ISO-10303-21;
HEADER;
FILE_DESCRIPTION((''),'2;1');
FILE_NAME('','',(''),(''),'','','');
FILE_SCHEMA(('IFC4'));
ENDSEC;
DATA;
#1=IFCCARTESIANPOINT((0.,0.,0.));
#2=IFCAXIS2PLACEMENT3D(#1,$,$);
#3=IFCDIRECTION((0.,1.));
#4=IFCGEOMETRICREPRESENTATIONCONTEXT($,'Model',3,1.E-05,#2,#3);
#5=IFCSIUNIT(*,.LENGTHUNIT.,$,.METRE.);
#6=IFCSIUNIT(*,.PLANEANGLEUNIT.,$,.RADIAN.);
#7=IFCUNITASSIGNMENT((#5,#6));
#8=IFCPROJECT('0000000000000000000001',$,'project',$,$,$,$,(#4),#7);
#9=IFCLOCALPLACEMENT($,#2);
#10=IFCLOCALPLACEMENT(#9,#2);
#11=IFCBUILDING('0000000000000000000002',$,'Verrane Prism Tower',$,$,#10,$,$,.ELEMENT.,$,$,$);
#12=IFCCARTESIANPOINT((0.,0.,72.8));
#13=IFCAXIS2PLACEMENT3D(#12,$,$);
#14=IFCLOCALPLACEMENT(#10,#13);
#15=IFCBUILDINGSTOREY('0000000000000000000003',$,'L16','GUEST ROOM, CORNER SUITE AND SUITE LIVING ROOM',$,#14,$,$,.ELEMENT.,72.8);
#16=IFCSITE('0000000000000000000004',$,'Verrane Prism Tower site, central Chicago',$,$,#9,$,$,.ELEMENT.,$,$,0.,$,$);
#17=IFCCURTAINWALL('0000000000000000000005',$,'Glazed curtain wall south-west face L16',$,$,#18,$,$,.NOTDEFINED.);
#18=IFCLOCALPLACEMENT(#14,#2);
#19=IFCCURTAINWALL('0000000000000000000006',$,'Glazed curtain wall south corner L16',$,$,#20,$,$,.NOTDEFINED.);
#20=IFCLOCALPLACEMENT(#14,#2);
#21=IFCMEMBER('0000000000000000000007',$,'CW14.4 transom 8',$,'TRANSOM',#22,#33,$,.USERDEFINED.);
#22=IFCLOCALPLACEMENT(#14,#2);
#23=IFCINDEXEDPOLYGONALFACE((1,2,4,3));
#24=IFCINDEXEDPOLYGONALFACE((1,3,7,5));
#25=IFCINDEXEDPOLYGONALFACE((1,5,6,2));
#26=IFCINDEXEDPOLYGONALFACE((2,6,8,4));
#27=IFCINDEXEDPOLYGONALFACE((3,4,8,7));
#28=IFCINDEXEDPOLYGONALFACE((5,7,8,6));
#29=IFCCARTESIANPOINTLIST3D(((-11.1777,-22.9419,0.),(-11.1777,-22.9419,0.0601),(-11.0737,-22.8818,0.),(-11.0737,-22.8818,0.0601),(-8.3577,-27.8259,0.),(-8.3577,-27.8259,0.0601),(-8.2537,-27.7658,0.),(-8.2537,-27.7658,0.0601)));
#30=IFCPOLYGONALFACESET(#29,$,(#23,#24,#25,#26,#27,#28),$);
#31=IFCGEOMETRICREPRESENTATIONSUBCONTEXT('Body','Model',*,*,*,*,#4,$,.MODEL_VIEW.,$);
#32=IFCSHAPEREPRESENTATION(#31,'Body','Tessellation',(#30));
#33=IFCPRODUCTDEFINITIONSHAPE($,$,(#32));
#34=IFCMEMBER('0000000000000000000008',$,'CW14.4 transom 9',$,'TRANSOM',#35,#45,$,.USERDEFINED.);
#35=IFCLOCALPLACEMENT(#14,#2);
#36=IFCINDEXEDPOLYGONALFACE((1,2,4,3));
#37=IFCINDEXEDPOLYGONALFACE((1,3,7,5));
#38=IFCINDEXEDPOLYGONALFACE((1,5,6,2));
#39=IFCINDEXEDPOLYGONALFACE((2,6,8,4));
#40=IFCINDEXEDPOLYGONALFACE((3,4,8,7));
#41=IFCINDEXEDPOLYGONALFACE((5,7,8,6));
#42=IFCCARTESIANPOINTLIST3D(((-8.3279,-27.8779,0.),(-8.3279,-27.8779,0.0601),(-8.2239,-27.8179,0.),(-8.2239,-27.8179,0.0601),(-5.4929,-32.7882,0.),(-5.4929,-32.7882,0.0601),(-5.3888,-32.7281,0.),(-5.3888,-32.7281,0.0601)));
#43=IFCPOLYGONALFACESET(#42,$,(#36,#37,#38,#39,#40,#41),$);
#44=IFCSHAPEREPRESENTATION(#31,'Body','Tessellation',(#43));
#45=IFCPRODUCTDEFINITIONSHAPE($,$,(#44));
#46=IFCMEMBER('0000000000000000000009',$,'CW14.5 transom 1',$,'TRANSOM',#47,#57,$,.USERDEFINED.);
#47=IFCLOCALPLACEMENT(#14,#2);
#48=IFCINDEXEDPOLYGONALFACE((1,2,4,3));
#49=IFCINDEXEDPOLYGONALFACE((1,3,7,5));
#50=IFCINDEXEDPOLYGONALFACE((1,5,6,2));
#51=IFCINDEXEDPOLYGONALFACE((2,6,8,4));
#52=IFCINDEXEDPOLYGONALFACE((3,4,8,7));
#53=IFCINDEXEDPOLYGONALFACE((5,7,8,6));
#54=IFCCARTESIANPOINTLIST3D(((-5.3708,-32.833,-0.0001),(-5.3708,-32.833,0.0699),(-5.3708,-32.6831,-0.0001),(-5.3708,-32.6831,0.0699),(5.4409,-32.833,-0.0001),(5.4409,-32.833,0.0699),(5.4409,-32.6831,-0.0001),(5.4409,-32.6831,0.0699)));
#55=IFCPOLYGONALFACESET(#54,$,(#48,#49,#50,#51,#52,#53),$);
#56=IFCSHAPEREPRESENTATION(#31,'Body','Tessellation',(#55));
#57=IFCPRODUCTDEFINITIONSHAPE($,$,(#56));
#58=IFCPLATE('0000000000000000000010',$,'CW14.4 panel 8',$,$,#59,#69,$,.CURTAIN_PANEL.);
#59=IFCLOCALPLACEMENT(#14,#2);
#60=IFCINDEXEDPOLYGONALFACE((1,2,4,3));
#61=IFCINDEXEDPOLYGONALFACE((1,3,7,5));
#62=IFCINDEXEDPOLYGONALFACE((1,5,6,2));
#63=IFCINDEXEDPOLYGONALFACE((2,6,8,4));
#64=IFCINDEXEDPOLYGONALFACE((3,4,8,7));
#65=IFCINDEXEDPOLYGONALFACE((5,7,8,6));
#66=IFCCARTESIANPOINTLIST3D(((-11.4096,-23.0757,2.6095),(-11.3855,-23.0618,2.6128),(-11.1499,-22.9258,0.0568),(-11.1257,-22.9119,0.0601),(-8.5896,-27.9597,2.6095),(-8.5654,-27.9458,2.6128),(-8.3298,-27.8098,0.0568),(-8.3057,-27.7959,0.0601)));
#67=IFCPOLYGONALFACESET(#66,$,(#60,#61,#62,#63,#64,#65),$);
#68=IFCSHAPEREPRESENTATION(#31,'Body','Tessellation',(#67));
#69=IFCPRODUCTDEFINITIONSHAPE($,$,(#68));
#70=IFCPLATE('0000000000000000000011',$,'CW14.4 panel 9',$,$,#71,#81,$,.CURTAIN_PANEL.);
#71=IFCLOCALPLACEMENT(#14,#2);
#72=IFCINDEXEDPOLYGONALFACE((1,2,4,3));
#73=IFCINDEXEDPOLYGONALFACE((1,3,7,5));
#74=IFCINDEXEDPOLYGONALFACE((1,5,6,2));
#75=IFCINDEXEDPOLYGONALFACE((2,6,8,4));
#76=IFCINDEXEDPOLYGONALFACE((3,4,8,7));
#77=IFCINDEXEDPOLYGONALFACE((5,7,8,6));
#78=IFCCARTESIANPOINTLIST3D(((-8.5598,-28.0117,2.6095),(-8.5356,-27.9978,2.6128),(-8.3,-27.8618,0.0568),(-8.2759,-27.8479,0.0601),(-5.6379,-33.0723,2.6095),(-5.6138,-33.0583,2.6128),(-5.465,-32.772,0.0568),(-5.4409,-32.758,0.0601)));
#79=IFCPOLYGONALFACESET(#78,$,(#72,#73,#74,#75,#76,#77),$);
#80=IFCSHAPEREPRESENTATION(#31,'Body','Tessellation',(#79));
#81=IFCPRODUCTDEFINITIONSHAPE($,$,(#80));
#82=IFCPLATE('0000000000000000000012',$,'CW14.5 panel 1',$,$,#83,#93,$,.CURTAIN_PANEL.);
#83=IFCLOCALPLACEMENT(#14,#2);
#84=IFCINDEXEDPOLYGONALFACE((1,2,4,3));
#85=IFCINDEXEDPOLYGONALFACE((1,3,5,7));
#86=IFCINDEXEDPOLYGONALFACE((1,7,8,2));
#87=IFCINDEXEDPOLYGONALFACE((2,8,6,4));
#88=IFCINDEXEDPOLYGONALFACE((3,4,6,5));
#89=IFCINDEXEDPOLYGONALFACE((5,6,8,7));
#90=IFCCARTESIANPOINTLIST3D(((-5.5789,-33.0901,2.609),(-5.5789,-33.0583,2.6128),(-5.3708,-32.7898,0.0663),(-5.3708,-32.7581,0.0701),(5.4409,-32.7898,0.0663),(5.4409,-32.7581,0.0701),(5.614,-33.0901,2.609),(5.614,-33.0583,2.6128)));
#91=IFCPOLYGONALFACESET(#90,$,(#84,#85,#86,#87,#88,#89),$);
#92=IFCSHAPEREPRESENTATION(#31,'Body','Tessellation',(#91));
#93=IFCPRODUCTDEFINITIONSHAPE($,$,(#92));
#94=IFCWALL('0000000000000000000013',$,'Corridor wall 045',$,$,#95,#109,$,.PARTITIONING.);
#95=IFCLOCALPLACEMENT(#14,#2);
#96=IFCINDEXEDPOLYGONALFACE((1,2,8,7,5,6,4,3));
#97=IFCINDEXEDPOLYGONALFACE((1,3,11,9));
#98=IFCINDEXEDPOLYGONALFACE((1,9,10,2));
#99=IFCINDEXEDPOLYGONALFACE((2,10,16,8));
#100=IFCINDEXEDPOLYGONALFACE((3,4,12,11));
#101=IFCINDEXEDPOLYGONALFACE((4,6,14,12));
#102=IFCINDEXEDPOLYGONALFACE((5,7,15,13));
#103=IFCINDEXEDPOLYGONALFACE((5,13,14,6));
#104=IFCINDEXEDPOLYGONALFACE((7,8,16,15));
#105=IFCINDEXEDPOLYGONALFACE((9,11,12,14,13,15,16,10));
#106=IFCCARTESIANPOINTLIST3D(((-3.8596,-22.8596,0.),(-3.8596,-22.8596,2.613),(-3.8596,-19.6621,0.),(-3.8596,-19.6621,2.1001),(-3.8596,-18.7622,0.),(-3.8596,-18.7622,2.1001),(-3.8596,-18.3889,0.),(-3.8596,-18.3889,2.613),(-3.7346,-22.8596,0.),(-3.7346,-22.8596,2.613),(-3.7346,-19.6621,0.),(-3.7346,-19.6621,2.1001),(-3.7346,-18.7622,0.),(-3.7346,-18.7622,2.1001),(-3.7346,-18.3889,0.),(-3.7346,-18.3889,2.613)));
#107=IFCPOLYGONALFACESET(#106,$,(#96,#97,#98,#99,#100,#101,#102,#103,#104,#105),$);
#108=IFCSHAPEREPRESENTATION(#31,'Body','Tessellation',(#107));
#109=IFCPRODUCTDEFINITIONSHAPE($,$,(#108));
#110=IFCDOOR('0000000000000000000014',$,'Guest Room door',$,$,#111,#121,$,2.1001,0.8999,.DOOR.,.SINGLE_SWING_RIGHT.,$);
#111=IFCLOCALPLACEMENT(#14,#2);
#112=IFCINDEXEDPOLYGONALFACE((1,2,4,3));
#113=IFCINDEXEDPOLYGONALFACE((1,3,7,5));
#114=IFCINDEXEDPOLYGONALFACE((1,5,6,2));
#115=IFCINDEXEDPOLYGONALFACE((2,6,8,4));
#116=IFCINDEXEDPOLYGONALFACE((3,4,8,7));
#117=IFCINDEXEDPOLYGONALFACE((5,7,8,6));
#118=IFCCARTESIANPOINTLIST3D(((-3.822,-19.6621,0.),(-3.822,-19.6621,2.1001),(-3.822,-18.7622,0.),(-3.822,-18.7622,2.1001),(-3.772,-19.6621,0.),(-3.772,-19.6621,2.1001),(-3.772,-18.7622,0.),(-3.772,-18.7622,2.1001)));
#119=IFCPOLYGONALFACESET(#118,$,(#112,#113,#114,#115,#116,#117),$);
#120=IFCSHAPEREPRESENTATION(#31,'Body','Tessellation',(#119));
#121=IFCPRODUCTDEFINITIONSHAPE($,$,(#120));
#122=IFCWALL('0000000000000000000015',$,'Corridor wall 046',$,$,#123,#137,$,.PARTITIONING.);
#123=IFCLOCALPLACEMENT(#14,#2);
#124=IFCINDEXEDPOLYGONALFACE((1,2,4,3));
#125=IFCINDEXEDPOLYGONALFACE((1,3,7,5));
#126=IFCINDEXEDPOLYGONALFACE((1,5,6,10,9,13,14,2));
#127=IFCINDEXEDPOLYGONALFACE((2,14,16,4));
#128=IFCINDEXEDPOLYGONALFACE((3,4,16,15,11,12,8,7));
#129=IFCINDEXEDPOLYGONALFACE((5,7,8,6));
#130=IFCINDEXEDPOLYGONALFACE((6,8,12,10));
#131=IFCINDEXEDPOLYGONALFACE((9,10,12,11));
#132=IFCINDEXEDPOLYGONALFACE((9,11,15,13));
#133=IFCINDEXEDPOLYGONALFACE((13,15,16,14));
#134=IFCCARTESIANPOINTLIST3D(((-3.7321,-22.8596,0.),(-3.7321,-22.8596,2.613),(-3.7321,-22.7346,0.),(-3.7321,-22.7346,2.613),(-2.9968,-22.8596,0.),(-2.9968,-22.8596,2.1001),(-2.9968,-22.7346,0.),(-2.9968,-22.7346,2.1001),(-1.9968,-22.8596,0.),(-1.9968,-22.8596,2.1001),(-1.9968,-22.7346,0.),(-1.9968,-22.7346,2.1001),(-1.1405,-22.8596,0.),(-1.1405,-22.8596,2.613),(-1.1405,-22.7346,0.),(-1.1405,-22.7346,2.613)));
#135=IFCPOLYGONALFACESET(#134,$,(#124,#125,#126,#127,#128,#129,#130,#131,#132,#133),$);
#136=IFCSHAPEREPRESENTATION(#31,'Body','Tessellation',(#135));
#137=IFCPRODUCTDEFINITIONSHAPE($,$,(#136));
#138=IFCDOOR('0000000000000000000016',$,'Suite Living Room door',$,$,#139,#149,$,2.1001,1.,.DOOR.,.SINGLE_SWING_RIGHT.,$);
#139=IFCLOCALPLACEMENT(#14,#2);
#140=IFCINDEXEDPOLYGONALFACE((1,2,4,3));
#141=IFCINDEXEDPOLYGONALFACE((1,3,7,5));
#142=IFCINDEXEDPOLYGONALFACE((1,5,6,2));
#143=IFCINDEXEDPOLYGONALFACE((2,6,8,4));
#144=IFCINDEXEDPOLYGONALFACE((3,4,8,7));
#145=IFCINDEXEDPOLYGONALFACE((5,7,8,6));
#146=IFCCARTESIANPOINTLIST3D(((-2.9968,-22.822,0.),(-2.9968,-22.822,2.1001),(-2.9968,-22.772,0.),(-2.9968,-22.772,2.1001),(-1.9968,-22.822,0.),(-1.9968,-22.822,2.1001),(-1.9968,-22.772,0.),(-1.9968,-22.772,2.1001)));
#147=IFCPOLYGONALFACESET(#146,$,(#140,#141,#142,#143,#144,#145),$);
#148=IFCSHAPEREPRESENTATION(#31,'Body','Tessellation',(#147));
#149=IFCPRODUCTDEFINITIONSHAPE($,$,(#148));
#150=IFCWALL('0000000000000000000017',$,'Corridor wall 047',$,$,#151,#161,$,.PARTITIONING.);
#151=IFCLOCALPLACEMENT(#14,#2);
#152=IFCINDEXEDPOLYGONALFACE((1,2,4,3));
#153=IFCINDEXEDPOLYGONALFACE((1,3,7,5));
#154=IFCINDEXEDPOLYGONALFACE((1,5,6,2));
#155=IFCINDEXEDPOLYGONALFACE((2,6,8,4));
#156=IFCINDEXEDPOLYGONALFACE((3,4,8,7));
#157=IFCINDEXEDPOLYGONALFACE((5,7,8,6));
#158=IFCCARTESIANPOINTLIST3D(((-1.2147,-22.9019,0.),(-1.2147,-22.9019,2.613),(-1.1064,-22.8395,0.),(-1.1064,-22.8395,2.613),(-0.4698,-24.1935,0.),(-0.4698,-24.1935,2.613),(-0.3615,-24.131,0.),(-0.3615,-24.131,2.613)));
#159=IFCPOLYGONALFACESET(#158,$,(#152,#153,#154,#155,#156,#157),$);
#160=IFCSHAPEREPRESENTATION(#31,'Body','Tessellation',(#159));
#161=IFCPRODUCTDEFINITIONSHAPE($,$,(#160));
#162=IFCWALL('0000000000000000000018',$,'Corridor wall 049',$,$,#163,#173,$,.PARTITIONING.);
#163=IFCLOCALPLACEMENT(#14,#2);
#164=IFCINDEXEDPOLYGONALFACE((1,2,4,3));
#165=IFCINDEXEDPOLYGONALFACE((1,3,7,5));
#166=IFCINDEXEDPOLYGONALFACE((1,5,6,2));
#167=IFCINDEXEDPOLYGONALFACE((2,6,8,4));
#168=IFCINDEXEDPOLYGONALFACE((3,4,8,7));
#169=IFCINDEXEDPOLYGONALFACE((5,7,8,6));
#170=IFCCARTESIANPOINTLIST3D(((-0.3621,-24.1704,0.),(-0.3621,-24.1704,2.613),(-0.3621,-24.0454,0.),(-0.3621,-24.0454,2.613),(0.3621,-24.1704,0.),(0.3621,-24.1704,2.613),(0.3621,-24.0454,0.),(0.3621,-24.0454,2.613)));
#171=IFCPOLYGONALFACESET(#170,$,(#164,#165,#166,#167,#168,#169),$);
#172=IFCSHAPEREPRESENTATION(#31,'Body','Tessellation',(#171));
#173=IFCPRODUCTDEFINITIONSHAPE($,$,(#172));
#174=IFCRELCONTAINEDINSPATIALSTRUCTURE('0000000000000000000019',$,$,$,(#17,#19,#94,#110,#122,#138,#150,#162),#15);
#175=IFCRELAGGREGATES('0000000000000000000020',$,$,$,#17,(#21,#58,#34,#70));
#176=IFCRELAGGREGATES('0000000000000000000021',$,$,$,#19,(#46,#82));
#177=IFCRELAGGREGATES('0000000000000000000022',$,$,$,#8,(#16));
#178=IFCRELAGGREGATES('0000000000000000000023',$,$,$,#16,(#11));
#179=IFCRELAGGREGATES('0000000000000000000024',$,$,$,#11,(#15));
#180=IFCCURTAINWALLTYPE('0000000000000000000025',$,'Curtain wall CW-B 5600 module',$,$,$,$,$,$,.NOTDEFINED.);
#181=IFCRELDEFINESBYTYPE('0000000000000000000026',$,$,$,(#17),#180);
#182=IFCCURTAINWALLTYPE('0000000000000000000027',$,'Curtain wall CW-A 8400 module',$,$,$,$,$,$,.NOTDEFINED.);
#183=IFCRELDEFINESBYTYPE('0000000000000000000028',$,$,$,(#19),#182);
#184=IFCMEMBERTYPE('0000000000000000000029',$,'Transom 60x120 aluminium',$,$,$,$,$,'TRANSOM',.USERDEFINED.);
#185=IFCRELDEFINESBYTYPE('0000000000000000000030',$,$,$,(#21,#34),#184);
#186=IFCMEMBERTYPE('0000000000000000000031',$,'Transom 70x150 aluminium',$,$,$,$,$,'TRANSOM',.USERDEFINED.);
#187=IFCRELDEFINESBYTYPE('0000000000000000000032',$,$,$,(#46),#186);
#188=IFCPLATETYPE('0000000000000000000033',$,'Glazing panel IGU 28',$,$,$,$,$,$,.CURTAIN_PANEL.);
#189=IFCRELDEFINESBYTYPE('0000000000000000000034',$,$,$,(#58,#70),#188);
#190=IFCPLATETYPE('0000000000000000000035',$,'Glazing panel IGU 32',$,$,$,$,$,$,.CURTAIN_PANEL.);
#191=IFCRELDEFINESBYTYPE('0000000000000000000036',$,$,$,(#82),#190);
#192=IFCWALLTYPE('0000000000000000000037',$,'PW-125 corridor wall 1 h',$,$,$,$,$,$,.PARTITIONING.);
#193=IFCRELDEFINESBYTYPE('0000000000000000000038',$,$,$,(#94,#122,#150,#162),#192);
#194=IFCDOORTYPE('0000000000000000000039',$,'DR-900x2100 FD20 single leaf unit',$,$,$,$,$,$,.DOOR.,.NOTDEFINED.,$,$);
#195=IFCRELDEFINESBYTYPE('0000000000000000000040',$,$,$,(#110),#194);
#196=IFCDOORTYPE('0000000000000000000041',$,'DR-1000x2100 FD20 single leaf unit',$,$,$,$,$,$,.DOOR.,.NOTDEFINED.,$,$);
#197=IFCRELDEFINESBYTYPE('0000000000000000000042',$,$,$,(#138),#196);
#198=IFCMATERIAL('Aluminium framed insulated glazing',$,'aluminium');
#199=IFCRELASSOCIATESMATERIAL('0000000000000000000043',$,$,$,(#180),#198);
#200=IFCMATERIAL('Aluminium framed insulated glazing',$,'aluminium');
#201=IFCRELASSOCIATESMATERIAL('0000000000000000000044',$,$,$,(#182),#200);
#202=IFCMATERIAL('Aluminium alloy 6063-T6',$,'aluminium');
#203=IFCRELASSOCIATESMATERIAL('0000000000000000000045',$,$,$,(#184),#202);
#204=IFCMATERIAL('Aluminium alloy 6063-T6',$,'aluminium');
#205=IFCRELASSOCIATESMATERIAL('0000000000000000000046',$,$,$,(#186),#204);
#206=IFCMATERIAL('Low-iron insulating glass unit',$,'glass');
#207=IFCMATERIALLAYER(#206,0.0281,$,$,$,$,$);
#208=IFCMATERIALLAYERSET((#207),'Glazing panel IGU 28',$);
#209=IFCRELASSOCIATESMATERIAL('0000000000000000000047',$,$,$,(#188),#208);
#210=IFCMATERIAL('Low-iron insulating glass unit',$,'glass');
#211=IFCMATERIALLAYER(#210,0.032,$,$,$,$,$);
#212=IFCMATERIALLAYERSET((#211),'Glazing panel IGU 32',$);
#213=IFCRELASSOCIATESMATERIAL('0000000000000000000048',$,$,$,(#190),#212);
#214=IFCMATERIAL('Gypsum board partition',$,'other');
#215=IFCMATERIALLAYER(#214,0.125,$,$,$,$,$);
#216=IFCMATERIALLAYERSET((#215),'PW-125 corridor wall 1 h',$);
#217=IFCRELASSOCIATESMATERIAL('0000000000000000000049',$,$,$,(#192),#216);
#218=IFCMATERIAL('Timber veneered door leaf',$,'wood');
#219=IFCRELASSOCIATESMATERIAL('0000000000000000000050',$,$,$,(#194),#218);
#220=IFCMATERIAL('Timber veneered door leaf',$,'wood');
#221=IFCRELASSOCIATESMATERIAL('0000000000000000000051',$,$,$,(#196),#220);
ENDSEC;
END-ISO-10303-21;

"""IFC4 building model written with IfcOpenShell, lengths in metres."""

from ifc_helpers import new_model, si_unit, direction, frame, frame_2d, origin, origin_2d, place, context, subcontext, project, spatial, polyline, rectangle, outline, extrude, material, layer, layer_set, material_profile, profile_set, type_object, element, fill, aggregate, save


model = new_model("IFC4")

# Units and contexts
model_context = context("Model", 3, precision=1e-05, world=origin(), true_north=direction((0.0, 1.0)))
body_context = subcontext(model_context, "Body", "Model", "MODEL_VIEW")
ifc_project = project(units=[si_unit("LENGTHUNIT", "METRE"), si_unit("PLANEANGLEUNIT", "RADIAN")], contexts=[model_context])

# Site, building, storey
site_placement = place(None, origin())
site = spatial("IfcSite", under=ifc_project, at=site_placement, Name="Verrane Prism Tower site, central Chicago", CompositionType="ELEMENT", RefElevation=0.0)
building_placement = place(site_placement, origin())
building = spatial("IfcBuilding", under=site, at=building_placement, Name="Verrane Prism Tower", CompositionType="ELEMENT")
storey_placement = place(building_placement, frame((0.0, 0.0, 72.8)))
storey = spatial("IfcBuildingStorey", under=building, at=storey_placement, Name="L16", Description="GUEST ROOM, CORNER SUITE AND SUITE LIVING ROOM", CompositionType="ELEMENT", Elevation=72.8)

# Curtain wall
ifc_material_1 = material(Name="Aluminium framed insulated glazing", Category="aluminium")
curtain_wall_type_1 = type_object("IfcCurtainWallType", Name="Curtain wall CW-B 5600 module", PredefinedType="NOTDEFINED", material=ifc_material_1)
curtain_wall_1_placement = place(storey_placement, origin())
curtain_wall_1 = element("IfcCurtainWall", 1, at=curtain_wall_1_placement, inside=storey, type_object=curtain_wall_type_1, Name="Glazed curtain wall south-west face L16", PredefinedType="NOTDEFINED")

# Curtain wall
ifc_material_2 = material(Name="Aluminium framed insulated glazing", Category="aluminium")
curtain_wall_type_2 = type_object("IfcCurtainWallType", Name="Curtain wall CW-A 8400 module", PredefinedType="NOTDEFINED", material=ifc_material_2)
curtain_wall_2_placement = place(storey_placement, origin())
curtain_wall_2 = element("IfcCurtainWall", 2, at=curtain_wall_2_placement, inside=storey, type_object=curtain_wall_type_2, Name="Glazed curtain wall south corner L16", PredefinedType="NOTDEFINED")

# Members
ifc_material_3 = material(Name="Aluminium alloy 6063-T6", Category="aluminium")
ifc_material_profile_1 = material_profile(ifc_material_3, rectangle(XDim=0.1201, YDim=0.0601, at=origin_2d()), Name="Transom 60x120 aluminium")
ifc_profile_set_1 = profile_set([ifc_material_profile_1], Name="Aluminium alloy 6063-T6")
member_type_1 = type_object("IfcMemberType", Name="Transom 60x120 aluminium", ElementType="TRANSOM", PredefinedType="USERDEFINED", material=ifc_profile_set_1)
member_1_placement = place(storey_placement, frame((-11.1257, -22.9119, 0.03), z_axis=(0.500036, -0.866005, 0.0), x_axis=(0.866005, 0.500036, 0.0)))
member_1 = element("IfcMember", 3, at=member_1_placement, type_object=member_type_1, Name="CW14.4 transom 8", ObjectType="TRANSOM", PredefinedType="USERDEFINED", context=body_context, shape_type="SweptSolid", body=[
    extrude(rectangle(XDim=0.1201, YDim=0.0601, at=origin_2d()), origin(), (0.0, 0.0, 1.0), 5.6396),
])
member_2_placement = place(storey_placement, frame((-8.2759, -27.8479, 0.03), z_axis=(0.500011, -0.866019, 0.0), x_axis=(0.866019, 0.500011, 0.0)))
member_2 = element("IfcMember", 4, at=member_2_placement, type_object=member_type_1, Name="CW14.4 transom 9", ObjectType="TRANSOM", PredefinedType="USERDEFINED", context=body_context, shape_type="SweptSolid", body=[
    extrude(rectangle(XDim=0.1201, YDim=0.0601, at=origin_2d()), origin(), (0.0, 0.0, 1.0), 5.6699),
])
ifc_material_4 = material(Name="Aluminium alloy 6063-T6", Category="aluminium")
ifc_material_profile_2 = material_profile(ifc_material_4, rectangle(XDim=0.1499, YDim=0.0701, at=origin_2d()), Name="Transom 70x150 aluminium")
ifc_profile_set_2 = profile_set([ifc_material_profile_2], Name="Aluminium alloy 6063-T6")
member_type_2 = type_object("IfcMemberType", Name="Transom 70x150 aluminium", ElementType="TRANSOM", PredefinedType="USERDEFINED", material=ifc_profile_set_2)
member_3_placement = place(storey_placement, frame((-5.3708, -32.7581, 0.0349), z_axis=(1.0, 0.0, 0.0), x_axis=(0.0, 1.0, 0.0)))
member_3 = element("IfcMember", 5, at=member_3_placement, type_object=member_type_2, Name="CW14.5 transom 1", ObjectType="TRANSOM", PredefinedType="USERDEFINED", context=body_context, shape_type="SweptSolid", body=[
    extrude(rectangle(XDim=0.1499, YDim=0.0701, at=origin_2d()), origin(), (0.0, 0.0, 1.0), 10.8118),
])

# Plates
ifc_material_5 = material(Name="Low-iron insulating glass unit", Category="glass")
ifc_layer_1 = layer(ifc_material_5, 0.0281)
ifc_layer_set_1 = layer_set([ifc_layer_1], Name="Glazing panel IGU 28")
plate_type_1 = type_object("IfcPlateType", Name="Glazing panel IGU 28", PredefinedType="CURTAIN_PANEL", material=ifc_layer_set_1)
plate_1_placement = place(storey_placement, frame((-11.1257, -22.9119, 0.0601), z_axis=(0.860089, 0.49662, 0.116685), x_axis=(0.500036, -0.866005, 0.0)))
plate_1 = element("IfcPlate", 6, at=plate_1_placement, type_object=plate_type_1, Name="CW14.4 panel 8", PredefinedType="CURTAIN_PANEL", context=body_context, shape_type="SweptSolid", body=[
    extrude(outline(polyline([(0.0, 0.0), (5.6397, 0.0), (5.6397, -2.5703), (-0.0001, -2.5703), (0.0, 0.0)])), origin(), (0.0, 0.0, -1.0), 0.0281),
])
plate_2_placement = place(storey_placement, frame((-8.2759, -27.8479, 0.0601), z_axis=(0.860102, 0.496601, 0.116671), x_axis=(0.500016, -0.866016, 0.000001)))
plate_2 = element("IfcPlate", 7, at=plate_2_placement, type_object=plate_type_1, Name="CW14.4 panel 9", PredefinedType="CURTAIN_PANEL", context=body_context, shape_type="SweptSolid", body=[
    extrude(outline(polyline([(0.0, 0.0), (5.6698, 0.0), (5.8434, -2.5703), (-0.0001, -2.5703), (0.0, 0.0)])), origin(), (0.0, 0.0, -1.0), 0.0281),
])
aggregate(curtain_wall_1, [member_1, plate_1, member_2, plate_2])
ifc_material_6 = material(Name="Low-iron insulating glass unit", Category="glass")
ifc_layer_2 = layer(ifc_material_6, 0.032)
ifc_layer_set_2 = layer_set([ifc_layer_2], Name="Glazing panel IGU 32")
plate_type_2 = type_object("IfcPlateType", Name="Glazing panel IGU 32", PredefinedType="CURTAIN_PANEL", material=ifc_layer_set_2)
plate_3_placement = place(storey_placement, frame((-5.3708, -32.7581, 0.0701), z_axis=(0.0, 0.993098, 0.117284), x_axis=(1.0, 0.0, 0.0)))
plate_3 = element("IfcPlate", 8, at=plate_3_placement, type_object=plate_type_2, Name="CW14.5 panel 1", PredefinedType="CURTAIN_PANEL", context=body_context, shape_type="SweptSolid", body=[
    extrude(outline(polyline([(0.0, 0.0), (10.8118, 0.0), (10.9849, -2.5604), (-0.208, -2.5604), (0.0, 0.0)])), origin(), (0.0, 0.0, -1.0), 0.032),
])
aggregate(curtain_wall_2, [member_3, plate_3])

# Walls, openings, doors
ifc_material_7 = material(Name="Gypsum board partition", Category="other")
ifc_layer_3 = layer(ifc_material_7, 0.125)
ifc_layer_set_3 = layer_set([ifc_layer_3], Name="PW-125 corridor wall 1 h")
wall_type_1 = type_object("IfcWallType", Name="PW-125 corridor wall 1 h", PredefinedType="PARTITIONING", material=ifc_layer_set_3)
wall_1_placement = place(storey_placement, frame((-3.7971, -22.8596, 0.0), z_axis=(0.0, 0.0, 1.0), x_axis=(0.0, 1.0, 0.0)))
wall_1 = element("IfcWall", 9, at=wall_1_placement, inside=storey, type_object=wall_type_1, Name="Corridor wall 045", PredefinedType="PARTITIONING", context=body_context, shape_type="SweptSolid", body=[
    extrude(rectangle(XDim=4.4707, YDim=0.125, at=frame_2d((2.2354, 0.0))), origin(), (0.0, 0.0, 1.0), 2.613),
])
opening_1_placement = place(wall_1_placement, frame((3.1975, 0.0, 0.0)))
opening_1 = element("IfcOpeningElement", 10, at=opening_1_placement, cuts=wall_1, PredefinedType="OPENING", context=body_context, shape_type="SweptSolid", body=[
    extrude(rectangle(XDim=0.8999, YDim=2.1001, at=frame_2d((0.45, 1.05))), frame((0.0, 0.0725, 0.0), z_axis=(0.0, -1.0, 0.0), x_axis=(1.0, 0.0, 0.0)), (0.0, 0.0, 1.0), 0.145),
])
ifc_material_8 = material(Name="Timber veneered door leaf", Category="wood")
door_type_1 = type_object("IfcDoorType", Name="DR-900x2100 FD20 single leaf unit", OperationType="NOTDEFINED", PredefinedType="DOOR", material=ifc_material_8)
door_1_placement = place(opening_1_placement, origin())
door_1 = element("IfcDoor", 11, at=door_1_placement, inside=storey, type_object=door_type_1, Name="Guest Room door", OperationType="SINGLE_SWING_RIGHT", OverallHeight=2.1001, OverallWidth=0.8999, PredefinedType="DOOR", context=body_context, shape_type="SweptSolid", body=[
    extrude(rectangle(XDim=0.8999, YDim=2.1001, at=frame_2d((0.45, 1.05))), frame((0.0, 0.0249, 0.0), z_axis=(0.0, -1.0, 0.0), x_axis=(1.0, 0.0, 0.0)), (0.0, 0.0, 1.0), 0.05),
])
fill(opening_1, door_1)
wall_2_placement = place(storey_placement, frame((-1.1404, -22.7971, 0.0), z_axis=(0.0, 0.0, 1.0), x_axis=(-1.0, 0.0, 0.0)))
wall_2 = element("IfcWall", 12, at=wall_2_placement, inside=storey, type_object=wall_type_1, Name="Corridor wall 046", PredefinedType="PARTITIONING", context=body_context, shape_type="SweptSolid", body=[
    extrude(rectangle(XDim=2.5916, YDim=0.125, at=frame_2d((1.2959, 0.0))), origin(), (0.0, 0.0, 1.0), 2.613),
])
opening_2_placement = place(wall_2_placement, frame((0.8564, 0.0, 0.0)))
opening_2 = element("IfcOpeningElement", 13, at=opening_2_placement, cuts=wall_2, PredefinedType="OPENING", context=body_context, shape_type="SweptSolid", body=[
    extrude(rectangle(XDim=1.0, YDim=2.1001, at=frame_2d((0.5, 1.05))), frame((0.0, 0.0725, 0.0), z_axis=(0.0, -1.0, 0.0), x_axis=(1.0, 0.0, 0.0)), (0.0, 0.0, 1.0), 0.145),
])
ifc_material_9 = material(Name="Timber veneered door leaf", Category="wood")
door_type_2 = type_object("IfcDoorType", Name="DR-1000x2100 FD20 single leaf unit", OperationType="NOTDEFINED", PredefinedType="DOOR", material=ifc_material_9)
door_2_placement = place(opening_2_placement, origin())
door_2 = element("IfcDoor", 14, at=door_2_placement, inside=storey, type_object=door_type_2, Name="Suite Living Room door", OperationType="SINGLE_SWING_RIGHT", OverallHeight=2.1001, OverallWidth=1.0, PredefinedType="DOOR", context=body_context, shape_type="SweptSolid", body=[
    extrude(rectangle(XDim=1.0, YDim=2.1001, at=frame_2d((0.5, 1.05))), frame((0.0, 0.0249, 0.0), z_axis=(0.0, -1.0, 0.0), x_axis=(1.0, 0.0, 0.0)), (0.0, 0.0, 1.0), 0.05),
])
fill(opening_2, door_2)

# Walls
wall_3_placement = place(storey_placement, frame((-1.1606, -22.8706, 0.0), z_axis=(0.0, 0.0, 1.0), x_axis=(0.499609, -0.866251, 0.0)))
element("IfcWall", 15, at=wall_3_placement, inside=storey, type_object=wall_type_1, Name="Corridor wall 047", PredefinedType="PARTITIONING", context=body_context, shape_type="SweptSolid", body=[
    extrude(rectangle(XDim=1.491, YDim=0.125, at=frame_2d((0.7456, 0.0))), origin(), (0.0, 0.0, 1.0), 2.613),
])
wall_4_placement = place(storey_placement, frame((-0.3621, -24.1079, 0.0), z_axis=(0.0, 0.0, 1.0), x_axis=(1.0, 0.0, 0.0)))
element("IfcWall", 16, at=wall_4_placement, inside=storey, type_object=wall_type_1, Name="Corridor wall 049", PredefinedType="PARTITIONING", context=body_context, shape_type="SweptSolid", body=[
    extrude(rectangle(XDim=0.7241, YDim=0.125, at=frame_2d((0.3621, 0.0))), origin(), (0.0, 0.0, 1.0), 2.613),
])

save(model, "model.ifc")
